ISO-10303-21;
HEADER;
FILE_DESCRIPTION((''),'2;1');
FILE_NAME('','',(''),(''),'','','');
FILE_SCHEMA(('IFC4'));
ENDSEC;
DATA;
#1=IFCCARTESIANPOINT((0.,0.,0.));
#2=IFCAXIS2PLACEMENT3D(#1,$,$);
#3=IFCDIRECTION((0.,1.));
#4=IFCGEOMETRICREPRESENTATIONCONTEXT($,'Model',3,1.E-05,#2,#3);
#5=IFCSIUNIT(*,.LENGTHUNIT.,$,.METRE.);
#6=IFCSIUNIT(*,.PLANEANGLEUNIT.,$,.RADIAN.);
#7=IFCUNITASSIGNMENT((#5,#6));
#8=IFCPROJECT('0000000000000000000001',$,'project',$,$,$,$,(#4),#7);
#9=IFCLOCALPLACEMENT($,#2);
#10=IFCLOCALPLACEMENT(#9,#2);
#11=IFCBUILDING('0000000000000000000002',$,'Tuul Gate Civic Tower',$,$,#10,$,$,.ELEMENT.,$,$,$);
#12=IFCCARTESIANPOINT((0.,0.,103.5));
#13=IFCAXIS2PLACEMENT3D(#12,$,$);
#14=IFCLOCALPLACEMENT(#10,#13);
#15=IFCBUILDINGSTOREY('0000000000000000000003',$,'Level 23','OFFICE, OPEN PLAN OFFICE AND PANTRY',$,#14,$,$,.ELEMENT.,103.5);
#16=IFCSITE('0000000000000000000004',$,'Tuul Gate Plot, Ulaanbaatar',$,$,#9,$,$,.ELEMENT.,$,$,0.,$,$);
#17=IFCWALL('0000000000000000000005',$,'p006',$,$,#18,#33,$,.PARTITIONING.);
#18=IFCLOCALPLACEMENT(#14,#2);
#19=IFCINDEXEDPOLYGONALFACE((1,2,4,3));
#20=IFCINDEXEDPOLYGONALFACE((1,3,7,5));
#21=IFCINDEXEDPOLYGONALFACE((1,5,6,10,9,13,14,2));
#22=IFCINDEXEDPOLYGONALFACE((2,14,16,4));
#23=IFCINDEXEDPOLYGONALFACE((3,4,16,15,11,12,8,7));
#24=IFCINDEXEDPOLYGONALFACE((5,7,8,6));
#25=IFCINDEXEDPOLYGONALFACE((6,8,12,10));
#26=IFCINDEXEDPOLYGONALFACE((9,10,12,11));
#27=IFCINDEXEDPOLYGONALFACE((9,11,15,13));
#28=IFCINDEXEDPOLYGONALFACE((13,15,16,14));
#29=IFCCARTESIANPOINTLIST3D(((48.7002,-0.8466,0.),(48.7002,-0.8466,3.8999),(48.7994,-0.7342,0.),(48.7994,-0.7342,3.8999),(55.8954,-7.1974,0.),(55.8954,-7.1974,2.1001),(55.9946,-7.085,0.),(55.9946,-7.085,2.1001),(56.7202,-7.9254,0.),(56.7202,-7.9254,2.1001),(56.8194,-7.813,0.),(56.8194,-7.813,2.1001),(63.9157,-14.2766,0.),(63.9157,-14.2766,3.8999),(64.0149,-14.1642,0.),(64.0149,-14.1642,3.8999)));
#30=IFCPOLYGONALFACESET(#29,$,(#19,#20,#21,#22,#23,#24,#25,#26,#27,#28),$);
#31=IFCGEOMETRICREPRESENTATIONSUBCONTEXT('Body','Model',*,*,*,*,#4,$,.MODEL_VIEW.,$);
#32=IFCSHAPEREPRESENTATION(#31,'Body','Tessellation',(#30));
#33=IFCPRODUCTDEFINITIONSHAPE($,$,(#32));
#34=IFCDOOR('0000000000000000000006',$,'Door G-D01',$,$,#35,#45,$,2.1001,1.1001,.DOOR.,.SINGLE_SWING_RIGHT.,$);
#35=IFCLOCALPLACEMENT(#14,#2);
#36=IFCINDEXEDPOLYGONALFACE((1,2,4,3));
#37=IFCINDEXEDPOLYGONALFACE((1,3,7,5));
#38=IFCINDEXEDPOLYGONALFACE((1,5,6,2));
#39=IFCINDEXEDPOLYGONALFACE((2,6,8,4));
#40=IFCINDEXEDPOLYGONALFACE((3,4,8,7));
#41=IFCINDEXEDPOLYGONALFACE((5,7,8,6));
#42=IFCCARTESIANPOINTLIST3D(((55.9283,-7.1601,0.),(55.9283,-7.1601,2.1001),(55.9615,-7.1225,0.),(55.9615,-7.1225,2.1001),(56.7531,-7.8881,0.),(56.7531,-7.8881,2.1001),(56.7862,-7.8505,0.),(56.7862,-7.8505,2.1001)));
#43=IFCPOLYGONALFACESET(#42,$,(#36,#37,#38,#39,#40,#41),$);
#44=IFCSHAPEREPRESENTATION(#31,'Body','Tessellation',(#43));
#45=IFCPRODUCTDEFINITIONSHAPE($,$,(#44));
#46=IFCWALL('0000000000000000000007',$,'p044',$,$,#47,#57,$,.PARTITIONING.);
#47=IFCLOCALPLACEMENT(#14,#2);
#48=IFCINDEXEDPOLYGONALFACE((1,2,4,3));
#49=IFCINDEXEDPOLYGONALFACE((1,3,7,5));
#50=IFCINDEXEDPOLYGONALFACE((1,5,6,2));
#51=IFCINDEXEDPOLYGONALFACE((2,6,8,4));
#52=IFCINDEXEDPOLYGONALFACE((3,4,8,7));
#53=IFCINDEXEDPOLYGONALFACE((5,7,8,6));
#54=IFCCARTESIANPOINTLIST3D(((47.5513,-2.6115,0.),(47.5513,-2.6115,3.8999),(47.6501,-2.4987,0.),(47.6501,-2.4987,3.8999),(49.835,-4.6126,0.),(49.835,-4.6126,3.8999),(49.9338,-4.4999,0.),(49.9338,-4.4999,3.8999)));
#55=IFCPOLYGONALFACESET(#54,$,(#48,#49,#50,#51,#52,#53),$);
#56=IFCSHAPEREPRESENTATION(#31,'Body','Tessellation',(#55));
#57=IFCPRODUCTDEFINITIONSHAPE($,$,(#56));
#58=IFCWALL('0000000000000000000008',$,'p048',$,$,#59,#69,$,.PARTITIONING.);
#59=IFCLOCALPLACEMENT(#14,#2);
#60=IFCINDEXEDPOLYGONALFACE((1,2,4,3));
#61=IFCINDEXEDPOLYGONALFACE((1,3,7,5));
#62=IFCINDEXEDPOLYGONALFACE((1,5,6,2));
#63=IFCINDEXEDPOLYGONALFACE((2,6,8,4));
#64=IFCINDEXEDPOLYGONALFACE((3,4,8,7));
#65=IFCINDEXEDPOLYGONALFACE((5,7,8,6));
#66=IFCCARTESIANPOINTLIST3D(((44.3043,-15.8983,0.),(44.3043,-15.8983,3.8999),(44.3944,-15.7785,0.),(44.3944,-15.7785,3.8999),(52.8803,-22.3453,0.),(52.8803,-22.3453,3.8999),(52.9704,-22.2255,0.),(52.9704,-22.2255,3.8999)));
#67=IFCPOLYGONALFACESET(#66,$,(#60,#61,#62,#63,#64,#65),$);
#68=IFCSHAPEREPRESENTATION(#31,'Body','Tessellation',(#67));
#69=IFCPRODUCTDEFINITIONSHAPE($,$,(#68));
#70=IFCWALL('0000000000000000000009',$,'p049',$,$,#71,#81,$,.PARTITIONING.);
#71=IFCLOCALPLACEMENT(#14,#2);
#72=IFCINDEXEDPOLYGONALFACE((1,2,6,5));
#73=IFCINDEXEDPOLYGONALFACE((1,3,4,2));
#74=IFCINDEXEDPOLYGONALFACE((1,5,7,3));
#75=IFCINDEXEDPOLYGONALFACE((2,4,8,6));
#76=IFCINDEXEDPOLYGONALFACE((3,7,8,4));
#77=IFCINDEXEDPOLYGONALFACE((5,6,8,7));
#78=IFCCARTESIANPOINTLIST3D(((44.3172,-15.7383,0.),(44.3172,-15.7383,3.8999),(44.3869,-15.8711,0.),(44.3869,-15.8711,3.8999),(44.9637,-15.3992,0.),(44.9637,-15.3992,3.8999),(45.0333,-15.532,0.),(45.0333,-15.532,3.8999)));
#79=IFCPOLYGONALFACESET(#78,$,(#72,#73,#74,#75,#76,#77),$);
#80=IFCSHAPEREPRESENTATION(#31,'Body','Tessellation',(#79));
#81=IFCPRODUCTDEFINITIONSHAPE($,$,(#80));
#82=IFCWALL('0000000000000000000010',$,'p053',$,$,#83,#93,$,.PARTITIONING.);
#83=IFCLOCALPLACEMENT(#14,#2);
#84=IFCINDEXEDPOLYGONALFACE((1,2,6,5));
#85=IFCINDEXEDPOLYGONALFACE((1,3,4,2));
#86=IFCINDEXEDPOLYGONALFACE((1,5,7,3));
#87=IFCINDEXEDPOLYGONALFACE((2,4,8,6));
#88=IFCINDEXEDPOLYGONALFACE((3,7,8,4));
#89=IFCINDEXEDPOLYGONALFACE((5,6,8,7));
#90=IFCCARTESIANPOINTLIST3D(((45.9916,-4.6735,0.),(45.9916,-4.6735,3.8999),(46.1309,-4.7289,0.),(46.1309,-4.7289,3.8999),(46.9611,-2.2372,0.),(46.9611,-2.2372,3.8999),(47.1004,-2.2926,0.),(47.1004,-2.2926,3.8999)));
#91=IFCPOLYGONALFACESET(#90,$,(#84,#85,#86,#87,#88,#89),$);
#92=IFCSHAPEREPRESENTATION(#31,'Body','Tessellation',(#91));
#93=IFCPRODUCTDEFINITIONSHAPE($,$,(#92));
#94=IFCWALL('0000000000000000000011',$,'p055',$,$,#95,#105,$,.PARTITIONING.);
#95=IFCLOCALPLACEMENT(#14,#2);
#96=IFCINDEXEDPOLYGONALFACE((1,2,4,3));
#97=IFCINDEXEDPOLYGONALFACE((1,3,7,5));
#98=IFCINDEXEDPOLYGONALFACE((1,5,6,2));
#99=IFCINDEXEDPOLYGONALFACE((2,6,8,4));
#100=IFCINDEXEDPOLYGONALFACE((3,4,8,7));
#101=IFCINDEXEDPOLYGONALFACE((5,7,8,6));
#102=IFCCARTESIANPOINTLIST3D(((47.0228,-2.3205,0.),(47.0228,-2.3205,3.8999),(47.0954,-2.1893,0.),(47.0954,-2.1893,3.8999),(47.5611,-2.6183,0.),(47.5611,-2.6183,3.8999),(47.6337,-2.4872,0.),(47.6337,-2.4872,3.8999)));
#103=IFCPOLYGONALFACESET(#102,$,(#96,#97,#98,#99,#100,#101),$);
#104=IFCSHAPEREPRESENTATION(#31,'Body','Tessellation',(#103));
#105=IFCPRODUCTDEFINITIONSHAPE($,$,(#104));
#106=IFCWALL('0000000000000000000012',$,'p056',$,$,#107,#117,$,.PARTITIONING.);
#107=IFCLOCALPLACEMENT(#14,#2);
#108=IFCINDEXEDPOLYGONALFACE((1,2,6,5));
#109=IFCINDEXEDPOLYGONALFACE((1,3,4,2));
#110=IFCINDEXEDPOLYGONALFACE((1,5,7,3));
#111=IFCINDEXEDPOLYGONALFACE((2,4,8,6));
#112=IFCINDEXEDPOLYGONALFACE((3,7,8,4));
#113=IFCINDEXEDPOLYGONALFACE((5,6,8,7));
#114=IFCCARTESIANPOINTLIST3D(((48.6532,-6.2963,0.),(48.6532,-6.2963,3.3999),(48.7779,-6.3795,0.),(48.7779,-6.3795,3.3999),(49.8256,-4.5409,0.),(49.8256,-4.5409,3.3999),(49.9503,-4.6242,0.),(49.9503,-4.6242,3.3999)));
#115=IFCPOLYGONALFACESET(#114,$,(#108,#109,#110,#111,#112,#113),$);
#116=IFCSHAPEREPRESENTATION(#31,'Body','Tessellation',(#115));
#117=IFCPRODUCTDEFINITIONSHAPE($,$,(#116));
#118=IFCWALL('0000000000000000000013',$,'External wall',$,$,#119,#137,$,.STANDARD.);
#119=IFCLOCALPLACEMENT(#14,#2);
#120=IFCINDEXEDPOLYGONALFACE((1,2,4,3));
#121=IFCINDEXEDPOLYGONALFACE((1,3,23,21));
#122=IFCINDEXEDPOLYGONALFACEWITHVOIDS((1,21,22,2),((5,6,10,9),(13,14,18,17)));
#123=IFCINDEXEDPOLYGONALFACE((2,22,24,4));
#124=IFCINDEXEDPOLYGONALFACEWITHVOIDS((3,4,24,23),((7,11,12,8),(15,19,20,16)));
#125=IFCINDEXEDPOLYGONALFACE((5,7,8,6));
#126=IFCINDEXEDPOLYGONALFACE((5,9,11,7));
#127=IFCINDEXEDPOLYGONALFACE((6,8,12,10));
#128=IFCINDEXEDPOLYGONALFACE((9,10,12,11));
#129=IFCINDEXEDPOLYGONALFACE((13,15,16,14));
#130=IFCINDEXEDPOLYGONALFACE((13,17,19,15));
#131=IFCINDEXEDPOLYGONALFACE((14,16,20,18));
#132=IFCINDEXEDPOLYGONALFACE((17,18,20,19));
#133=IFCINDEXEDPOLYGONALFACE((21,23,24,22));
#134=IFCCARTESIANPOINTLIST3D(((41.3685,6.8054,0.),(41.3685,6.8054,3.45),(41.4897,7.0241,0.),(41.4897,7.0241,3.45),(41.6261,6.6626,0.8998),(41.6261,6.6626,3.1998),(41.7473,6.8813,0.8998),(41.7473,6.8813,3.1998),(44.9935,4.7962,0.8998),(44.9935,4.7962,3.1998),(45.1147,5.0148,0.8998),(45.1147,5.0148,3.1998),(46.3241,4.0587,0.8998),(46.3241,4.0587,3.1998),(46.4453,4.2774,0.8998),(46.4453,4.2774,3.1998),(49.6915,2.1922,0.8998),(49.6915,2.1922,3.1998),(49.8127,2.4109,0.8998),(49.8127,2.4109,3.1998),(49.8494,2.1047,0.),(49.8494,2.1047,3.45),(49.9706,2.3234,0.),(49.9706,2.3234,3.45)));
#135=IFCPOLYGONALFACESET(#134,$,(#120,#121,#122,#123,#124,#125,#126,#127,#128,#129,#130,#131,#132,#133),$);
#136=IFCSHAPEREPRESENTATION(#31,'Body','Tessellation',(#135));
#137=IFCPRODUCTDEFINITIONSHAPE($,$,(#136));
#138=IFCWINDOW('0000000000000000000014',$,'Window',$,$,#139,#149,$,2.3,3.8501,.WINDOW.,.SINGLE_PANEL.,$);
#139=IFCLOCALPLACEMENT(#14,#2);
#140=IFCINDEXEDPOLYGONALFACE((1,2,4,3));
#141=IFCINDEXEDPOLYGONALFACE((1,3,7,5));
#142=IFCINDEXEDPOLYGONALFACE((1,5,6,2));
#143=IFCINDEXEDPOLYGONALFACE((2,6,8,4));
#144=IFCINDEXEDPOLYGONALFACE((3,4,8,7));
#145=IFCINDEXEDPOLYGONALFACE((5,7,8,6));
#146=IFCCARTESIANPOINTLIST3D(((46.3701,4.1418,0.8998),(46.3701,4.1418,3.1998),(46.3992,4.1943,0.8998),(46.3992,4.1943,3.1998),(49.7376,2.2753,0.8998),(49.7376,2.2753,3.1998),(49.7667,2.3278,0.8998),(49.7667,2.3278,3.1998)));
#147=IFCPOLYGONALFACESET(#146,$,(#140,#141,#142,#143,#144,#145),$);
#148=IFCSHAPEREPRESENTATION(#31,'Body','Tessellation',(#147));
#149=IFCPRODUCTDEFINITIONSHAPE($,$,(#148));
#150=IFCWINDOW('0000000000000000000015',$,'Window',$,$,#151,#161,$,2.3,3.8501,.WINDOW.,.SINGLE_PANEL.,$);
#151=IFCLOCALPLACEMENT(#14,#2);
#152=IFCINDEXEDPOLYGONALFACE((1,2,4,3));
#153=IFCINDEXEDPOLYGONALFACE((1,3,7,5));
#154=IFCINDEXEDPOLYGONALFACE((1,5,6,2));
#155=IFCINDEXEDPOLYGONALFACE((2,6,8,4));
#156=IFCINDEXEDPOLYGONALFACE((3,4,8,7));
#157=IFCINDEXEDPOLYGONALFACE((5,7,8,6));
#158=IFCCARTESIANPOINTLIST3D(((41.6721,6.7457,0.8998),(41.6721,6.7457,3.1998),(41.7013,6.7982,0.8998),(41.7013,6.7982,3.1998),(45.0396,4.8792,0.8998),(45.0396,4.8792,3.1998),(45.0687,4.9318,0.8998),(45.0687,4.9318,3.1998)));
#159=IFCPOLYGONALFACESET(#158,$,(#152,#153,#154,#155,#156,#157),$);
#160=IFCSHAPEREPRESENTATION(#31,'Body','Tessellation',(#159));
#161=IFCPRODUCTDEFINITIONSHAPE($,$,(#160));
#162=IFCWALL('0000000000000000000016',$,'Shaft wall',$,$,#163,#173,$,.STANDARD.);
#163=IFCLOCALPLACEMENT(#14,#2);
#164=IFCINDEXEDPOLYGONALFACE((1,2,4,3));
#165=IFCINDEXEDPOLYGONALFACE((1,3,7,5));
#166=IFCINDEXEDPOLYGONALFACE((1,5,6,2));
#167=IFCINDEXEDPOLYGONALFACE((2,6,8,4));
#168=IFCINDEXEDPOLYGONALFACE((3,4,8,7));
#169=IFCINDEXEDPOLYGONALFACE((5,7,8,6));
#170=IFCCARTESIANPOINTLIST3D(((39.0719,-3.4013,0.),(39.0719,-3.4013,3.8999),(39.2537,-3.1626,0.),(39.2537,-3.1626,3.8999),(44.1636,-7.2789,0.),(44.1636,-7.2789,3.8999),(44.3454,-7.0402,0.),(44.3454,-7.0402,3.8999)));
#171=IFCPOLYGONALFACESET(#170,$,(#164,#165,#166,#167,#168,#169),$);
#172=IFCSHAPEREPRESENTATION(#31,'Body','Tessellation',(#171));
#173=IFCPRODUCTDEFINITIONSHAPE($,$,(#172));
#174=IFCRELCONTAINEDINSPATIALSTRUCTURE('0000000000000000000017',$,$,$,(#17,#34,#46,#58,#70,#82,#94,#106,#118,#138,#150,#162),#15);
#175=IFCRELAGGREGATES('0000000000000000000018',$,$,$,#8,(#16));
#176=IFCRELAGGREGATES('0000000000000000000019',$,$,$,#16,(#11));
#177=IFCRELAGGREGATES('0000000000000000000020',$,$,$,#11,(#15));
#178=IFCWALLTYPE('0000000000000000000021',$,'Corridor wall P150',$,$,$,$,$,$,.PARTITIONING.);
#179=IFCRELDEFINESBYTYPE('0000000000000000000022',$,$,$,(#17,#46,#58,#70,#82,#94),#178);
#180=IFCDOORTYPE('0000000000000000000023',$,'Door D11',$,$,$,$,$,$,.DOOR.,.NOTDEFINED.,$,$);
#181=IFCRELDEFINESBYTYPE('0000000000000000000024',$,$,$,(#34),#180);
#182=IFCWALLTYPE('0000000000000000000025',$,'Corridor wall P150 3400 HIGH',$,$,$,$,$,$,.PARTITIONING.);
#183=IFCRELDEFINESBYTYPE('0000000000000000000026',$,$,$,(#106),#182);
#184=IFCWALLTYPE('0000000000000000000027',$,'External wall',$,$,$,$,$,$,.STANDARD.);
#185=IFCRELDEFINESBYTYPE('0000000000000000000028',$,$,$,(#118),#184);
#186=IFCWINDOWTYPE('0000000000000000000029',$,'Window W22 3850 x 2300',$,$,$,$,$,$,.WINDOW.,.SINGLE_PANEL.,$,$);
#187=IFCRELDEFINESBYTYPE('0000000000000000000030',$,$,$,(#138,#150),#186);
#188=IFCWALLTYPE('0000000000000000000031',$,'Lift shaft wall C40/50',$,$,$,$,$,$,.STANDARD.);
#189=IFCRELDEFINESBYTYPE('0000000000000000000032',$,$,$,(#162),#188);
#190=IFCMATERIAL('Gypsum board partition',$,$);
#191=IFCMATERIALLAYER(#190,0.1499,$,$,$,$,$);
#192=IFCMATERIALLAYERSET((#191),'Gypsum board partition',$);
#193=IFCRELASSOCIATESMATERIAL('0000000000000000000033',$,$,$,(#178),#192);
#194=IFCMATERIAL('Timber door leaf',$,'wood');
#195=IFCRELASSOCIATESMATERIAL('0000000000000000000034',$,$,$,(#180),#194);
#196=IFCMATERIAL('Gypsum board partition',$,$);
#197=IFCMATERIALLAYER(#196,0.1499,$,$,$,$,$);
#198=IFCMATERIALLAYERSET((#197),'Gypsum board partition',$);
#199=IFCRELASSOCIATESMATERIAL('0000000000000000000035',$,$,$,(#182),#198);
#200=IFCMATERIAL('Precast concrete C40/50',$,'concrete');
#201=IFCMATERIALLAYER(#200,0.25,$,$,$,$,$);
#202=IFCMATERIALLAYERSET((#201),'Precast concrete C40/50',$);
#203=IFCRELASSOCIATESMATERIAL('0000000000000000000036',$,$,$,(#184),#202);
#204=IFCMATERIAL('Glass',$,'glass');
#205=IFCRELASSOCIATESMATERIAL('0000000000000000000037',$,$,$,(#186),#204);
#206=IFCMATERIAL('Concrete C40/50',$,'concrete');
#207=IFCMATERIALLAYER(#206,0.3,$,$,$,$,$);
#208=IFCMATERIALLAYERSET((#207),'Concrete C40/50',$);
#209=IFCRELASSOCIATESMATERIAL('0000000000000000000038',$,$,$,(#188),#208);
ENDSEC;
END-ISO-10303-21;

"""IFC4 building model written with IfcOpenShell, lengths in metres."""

from ifc_helpers import new_model, si_unit, direction, frame, frame_2d, origin, place, context, subcontext, project, spatial, rectangle, extrude, material, layer, layer_set, type_object, element, fill, save


model = new_model("IFC4")

# Units and contexts
model_context = context("Model", 3, precision=1e-05, world=origin(), true_north=direction((0.0, 1.0)))
body_context = subcontext(model_context, "Body", "Model", "MODEL_VIEW")
ifc_project = project(units=[si_unit("LENGTHUNIT", "METRE"), si_unit("PLANEANGLEUNIT", "RADIAN")], contexts=[model_context])

# Site, building, storey
site_placement = place(None, origin())
site = spatial("IfcSite", under=ifc_project, at=site_placement, Name="Tuul Gate Plot, Ulaanbaatar", CompositionType="ELEMENT", RefElevation=0.0)
building_placement = place(site_placement, origin())
building = spatial("IfcBuilding", under=site, at=building_placement, Name="Tuul Gate Civic Tower", CompositionType="ELEMENT")
storey_placement = place(building_placement, frame((0.0, 0.0, 103.5)))
storey = spatial("IfcBuildingStorey", under=building, at=storey_placement, Name="Level 23", Description="OFFICE, OPEN PLAN OFFICE AND PANTRY", CompositionType="ELEMENT", Elevation=103.5)

# Wall, opening, door
ifc_material_1 = material(Name="Gypsum board partition")
ifc_layer_1 = layer(ifc_material_1, 0.1499)
ifc_layer_set_1 = layer_set([ifc_layer_1], Name="Gypsum board partition")
wall_type_1 = type_object("IfcWallType", Name="Corridor wall P150", PredefinedType="PARTITIONING", material=ifc_layer_set_1)
wall_1_placement = place(storey_placement, frame((48.7498, -0.7903, 0.0), z_axis=(0.0, 0.0, 1.0), x_axis=(0.749724, -0.66175, 0.0)))
wall_1 = element("IfcWall", 1, at=wall_1_placement, inside=storey, type_object=wall_type_1, Name="p006", PredefinedType="PARTITIONING", context=body_context, shape_type="SweptSolid", body=[
    extrude(rectangle(XDim=20.2947, YDim=0.1499, at=frame_2d((10.1475, 0.0))), origin(), (0.0, 0.0, 1.0), 3.8999),
])
opening_1_placement = place(wall_1_placement, frame((9.5972, 0.0, 0.0)))
opening_1 = element("IfcOpeningElement", 2, at=opening_1_placement, cuts=wall_1, PredefinedType="OPENING", context=body_context, shape_type="SweptSolid", body=[
    extrude(rectangle(XDim=1.1001, YDim=2.1001, at=frame_2d((0.55, 1.05))), frame((0.0, 0.085, 0.0), z_axis=(0.0, -1.0, 0.0), x_axis=(1.0, 0.0, 0.0)), (0.0, 0.0, 1.0), 0.1699),
])
ifc_material_2 = material(Name="Timber door leaf", Category="wood")
door_type_1 = type_object("IfcDoorType", Name="Door D11", OperationType="NOTDEFINED", PredefinedType="DOOR", material=ifc_material_2)
door_1_placement = place(opening_1_placement, origin())
door_1 = element("IfcDoor", 3, at=door_1_placement, inside=storey, type_object=door_type_1, Name="Door G-D01", OperationType="SINGLE_SWING_RIGHT", OverallHeight=2.1001, OverallWidth=1.1001, PredefinedType="DOOR", context=body_context, shape_type="SweptSolid", body=[
    extrude(rectangle(XDim=1.1001, YDim=2.1001, at=frame_2d((0.55, 1.05))), frame((0.0, 0.0249, 0.0), z_axis=(0.0, -1.0, 0.0), x_axis=(1.0, 0.0, 0.0)), (0.0, 0.0, 1.0), 0.05),
])
fill(opening_1, door_1)

# Walls
wall_2_placement = place(storey_placement, frame((47.6008, -2.5552, 0.0), z_axis=(0.0, 0.0, 1.0), x_axis=(0.752088, -0.659062, 0.0)))
element("IfcWall", 4, at=wall_2_placement, inside=storey, type_object=wall_type_1, Name="p044", PredefinedType="PARTITIONING", context=body_context, shape_type="SweptSolid", body=[
    extrude(rectangle(XDim=3.0364, YDim=0.1499, at=frame_2d((1.5181, 0.0))), origin(), (0.0, 0.0, 1.0), 3.8999),
])
wall_3_placement = place(storey_placement, frame((44.3494, -15.8384, 0.0), z_axis=(0.0, 0.0, 1.0), x_axis=(0.799325, -0.600899, 0.0)))
element("IfcWall", 5, at=wall_3_placement, inside=storey, type_object=wall_type_1, Name="p048", PredefinedType="PARTITIONING", context=body_context, shape_type="SweptSolid", body=[
    extrude(rectangle(XDim=10.729, YDim=0.1499, at=frame_2d((5.3645, 0.0))), origin(), (0.0, 0.0, 1.0), 3.8999),
])
wall_4_placement = place(storey_placement, frame((44.3521, -15.8047, 0.0), z_axis=(0.0, 0.0, 1.0), x_axis=(0.885563, 0.464519, 0.0)))
element("IfcWall", 6, at=wall_4_placement, inside=storey, type_object=wall_type_1, Name="p049", PredefinedType="PARTITIONING", context=body_context, shape_type="SweptSolid", body=[
    extrude(rectangle(XDim=0.73, YDim=0.1499, at=frame_2d((0.365, 0.0))), origin(), (0.0, 0.0, 1.0), 3.8999),
])
wall_5_placement = place(storey_placement, frame((46.0613, -4.7012, 0.0), z_axis=(0.0, 0.0, 1.0), x_axis=(0.369737, 0.929137, 0.0)))
element("IfcWall", 7, at=wall_5_placement, inside=storey, type_object=wall_type_1, Name="p053", PredefinedType="PARTITIONING", context=body_context, shape_type="SweptSolid", body=[
    extrude(rectangle(XDim=2.6221, YDim=0.1499, at=frame_2d((1.311, 0.0))), origin(), (0.0, 0.0, 1.0), 3.8999),
])
wall_6_placement = place(storey_placement, frame((47.0591, -2.2549, 0.0), z_axis=(0.0, 0.0, 1.0), x_axis=(0.874998, -0.484126, 0.0)))
element("IfcWall", 8, at=wall_6_placement, inside=storey, type_object=wall_type_1, Name="p055", PredefinedType="PARTITIONING", context=body_context, shape_type="SweptSolid", body=[
    extrude(rectangle(XDim=0.6152, YDim=0.1499, at=frame_2d((0.3076, 0.0))), origin(), (0.0, 0.0, 1.0), 3.8999),
])
ifc_material_3 = material(Name="Gypsum board partition")
ifc_layer_2 = layer(ifc_material_3, 0.1499)
ifc_layer_set_2 = layer_set([ifc_layer_2], Name="Gypsum board partition")
wall_type_2 = type_object("IfcWallType", Name="Corridor wall P150 3400 HIGH", PredefinedType="PARTITIONING", material=ifc_layer_set_2)
wall_7_placement = place(storey_placement, frame((48.7156, -6.3379, 0.0), z_axis=(0.0, 0.0, 1.0), x_axis=(0.555394, 0.831587, 0.0)))
element("IfcWall", 9, at=wall_7_placement, inside=storey, type_object=wall_type_2, Name="p056", PredefinedType="PARTITIONING", context=body_context, shape_type="SweptSolid", body=[
    extrude(rectangle(XDim=2.1108, YDim=0.1499, at=frame_2d((1.0554, 0.0))), origin(), (0.0, 0.0, 1.0), 3.3999),
])

# Wall, openings, windows
ifc_material_4 = material(Name="Precast concrete C40/50", Category="concrete")
ifc_layer_3 = layer(ifc_material_4, 0.25)
ifc_layer_set_3 = layer_set([ifc_layer_3], Name="Precast concrete C40/50")
wall_type_3 = type_object("IfcWallType", Name="External wall", PredefinedType="STANDARD", material=ifc_layer_set_3)
wall_8_placement = place(storey_placement, frame((49.9099, 2.2141, 0.0), z_axis=(0.0, 0.0, 1.0), x_axis=(-0.874637, 0.484779, 0.0)))
wall_8 = element("IfcWall", 10, at=wall_8_placement, inside=storey, type_object=wall_type_3, Name="External wall", PredefinedType="STANDARD", context=body_context, shape_type="SweptSolid", body=[
    extrude(rectangle(XDim=9.6965, YDim=0.25, at=frame_2d((4.8481, 0.0))), origin(), (0.0, 0.0, 1.0), 3.45),
])
opening_2_placement = place(wall_8_placement, frame((0.1804, 0.0, 0.8999)))
opening_2 = element("IfcOpeningElement", 11, at=opening_2_placement, cuts=wall_8, PredefinedType="OPENING", context=body_context, shape_type="SweptSolid", body=[
    extrude(rectangle(XDim=3.8501, YDim=2.3, at=frame_2d((1.925, 1.1499))), frame((0.0, 0.135, 0.0), z_axis=(0.0, -1.0, 0.0), x_axis=(1.0, 0.0, 0.0)), (0.0, 0.0, 1.0), 0.27),
])
opening_3_placement = place(wall_8_placement, frame((5.5518, 0.0, 0.8999)))
opening_3 = element("IfcOpeningElement", 12, at=opening_3_placement, cuts=wall_8, PredefinedType="OPENING", context=body_context, shape_type="SweptSolid", body=[
    extrude(rectangle(XDim=3.8501, YDim=2.3, at=frame_2d((1.925, 1.1499))), frame((0.0, 0.135, 0.0), z_axis=(0.0, -1.0, 0.0), x_axis=(1.0, 0.0, 0.0)), (0.0, 0.0, 1.0), 0.27),
])
ifc_material_5 = material(Name="Glass", Category="glass")
window_type = type_object("IfcWindowType", Name="Window W22 3850 x 2300", PartitioningType="SINGLE_PANEL", PredefinedType="WINDOW", material=ifc_material_5)
window_1_placement = place(opening_2_placement, origin())
window_1 = element("IfcWindow", 13, at=window_1_placement, inside=storey, type_object=window_type, Name="Window", OverallHeight=2.3, OverallWidth=3.8501, PartitioningType="SINGLE_PANEL", PredefinedType="WINDOW", context=body_context, shape_type="SweptSolid", body=[
    extrude(rectangle(XDim=3.8501, YDim=2.3, at=frame_2d((1.925, 1.1499))), frame((0.0, 0.03, 0.0), z_axis=(0.0, -1.0, 0.0), x_axis=(1.0, 0.0, 0.0)), (0.0, 0.0, 1.0), 0.0601),
])
fill(opening_2, window_1)
window_2_placement = place(opening_3_placement, origin())
window_2 = element("IfcWindow", 14, at=window_2_placement, inside=storey, type_object=window_type, Name="Window", OverallHeight=2.3, OverallWidth=3.8501, PartitioningType="SINGLE_PANEL", PredefinedType="WINDOW", context=body_context, shape_type="SweptSolid", body=[
    extrude(rectangle(XDim=3.8501, YDim=2.3, at=frame_2d((1.925, 1.1499))), frame((0.0, 0.03, 0.0), z_axis=(0.0, -1.0, 0.0), x_axis=(1.0, 0.0, 0.0)), (0.0, 0.0, 1.0), 0.0601),
])
fill(opening_3, window_2)

# Wall
ifc_material_6 = material(Name="Concrete C40/50", Category="concrete")
ifc_layer_4 = layer(ifc_material_6, 0.3)
ifc_layer_set_4 = layer_set([ifc_layer_4], Name="Concrete C40/50")
wall_type_4 = type_object("IfcWallType", Name="Lift shaft wall C40/50", PredefinedType="STANDARD", material=ifc_layer_set_4)
wall_9_placement = place(storey_placement, frame((44.2546, -7.1597, 0.0), z_axis=(0.0, 0.0, 1.0), x_axis=(-0.795566, 0.605867, 0.0)))
element("IfcWall", 15, at=wall_9_placement, inside=storey, type_object=wall_type_4, Name="Shaft wall", PredefinedType="STANDARD", context=body_context, shape_type="SweptSolid", body=[
    extrude(rectangle(XDim=6.4001, YDim=0.3, at=frame_2d((3.2002, 0.0))), origin(), (0.0, 0.0, 1.0), 3.8999),
])

save(model, "model.ifc")
